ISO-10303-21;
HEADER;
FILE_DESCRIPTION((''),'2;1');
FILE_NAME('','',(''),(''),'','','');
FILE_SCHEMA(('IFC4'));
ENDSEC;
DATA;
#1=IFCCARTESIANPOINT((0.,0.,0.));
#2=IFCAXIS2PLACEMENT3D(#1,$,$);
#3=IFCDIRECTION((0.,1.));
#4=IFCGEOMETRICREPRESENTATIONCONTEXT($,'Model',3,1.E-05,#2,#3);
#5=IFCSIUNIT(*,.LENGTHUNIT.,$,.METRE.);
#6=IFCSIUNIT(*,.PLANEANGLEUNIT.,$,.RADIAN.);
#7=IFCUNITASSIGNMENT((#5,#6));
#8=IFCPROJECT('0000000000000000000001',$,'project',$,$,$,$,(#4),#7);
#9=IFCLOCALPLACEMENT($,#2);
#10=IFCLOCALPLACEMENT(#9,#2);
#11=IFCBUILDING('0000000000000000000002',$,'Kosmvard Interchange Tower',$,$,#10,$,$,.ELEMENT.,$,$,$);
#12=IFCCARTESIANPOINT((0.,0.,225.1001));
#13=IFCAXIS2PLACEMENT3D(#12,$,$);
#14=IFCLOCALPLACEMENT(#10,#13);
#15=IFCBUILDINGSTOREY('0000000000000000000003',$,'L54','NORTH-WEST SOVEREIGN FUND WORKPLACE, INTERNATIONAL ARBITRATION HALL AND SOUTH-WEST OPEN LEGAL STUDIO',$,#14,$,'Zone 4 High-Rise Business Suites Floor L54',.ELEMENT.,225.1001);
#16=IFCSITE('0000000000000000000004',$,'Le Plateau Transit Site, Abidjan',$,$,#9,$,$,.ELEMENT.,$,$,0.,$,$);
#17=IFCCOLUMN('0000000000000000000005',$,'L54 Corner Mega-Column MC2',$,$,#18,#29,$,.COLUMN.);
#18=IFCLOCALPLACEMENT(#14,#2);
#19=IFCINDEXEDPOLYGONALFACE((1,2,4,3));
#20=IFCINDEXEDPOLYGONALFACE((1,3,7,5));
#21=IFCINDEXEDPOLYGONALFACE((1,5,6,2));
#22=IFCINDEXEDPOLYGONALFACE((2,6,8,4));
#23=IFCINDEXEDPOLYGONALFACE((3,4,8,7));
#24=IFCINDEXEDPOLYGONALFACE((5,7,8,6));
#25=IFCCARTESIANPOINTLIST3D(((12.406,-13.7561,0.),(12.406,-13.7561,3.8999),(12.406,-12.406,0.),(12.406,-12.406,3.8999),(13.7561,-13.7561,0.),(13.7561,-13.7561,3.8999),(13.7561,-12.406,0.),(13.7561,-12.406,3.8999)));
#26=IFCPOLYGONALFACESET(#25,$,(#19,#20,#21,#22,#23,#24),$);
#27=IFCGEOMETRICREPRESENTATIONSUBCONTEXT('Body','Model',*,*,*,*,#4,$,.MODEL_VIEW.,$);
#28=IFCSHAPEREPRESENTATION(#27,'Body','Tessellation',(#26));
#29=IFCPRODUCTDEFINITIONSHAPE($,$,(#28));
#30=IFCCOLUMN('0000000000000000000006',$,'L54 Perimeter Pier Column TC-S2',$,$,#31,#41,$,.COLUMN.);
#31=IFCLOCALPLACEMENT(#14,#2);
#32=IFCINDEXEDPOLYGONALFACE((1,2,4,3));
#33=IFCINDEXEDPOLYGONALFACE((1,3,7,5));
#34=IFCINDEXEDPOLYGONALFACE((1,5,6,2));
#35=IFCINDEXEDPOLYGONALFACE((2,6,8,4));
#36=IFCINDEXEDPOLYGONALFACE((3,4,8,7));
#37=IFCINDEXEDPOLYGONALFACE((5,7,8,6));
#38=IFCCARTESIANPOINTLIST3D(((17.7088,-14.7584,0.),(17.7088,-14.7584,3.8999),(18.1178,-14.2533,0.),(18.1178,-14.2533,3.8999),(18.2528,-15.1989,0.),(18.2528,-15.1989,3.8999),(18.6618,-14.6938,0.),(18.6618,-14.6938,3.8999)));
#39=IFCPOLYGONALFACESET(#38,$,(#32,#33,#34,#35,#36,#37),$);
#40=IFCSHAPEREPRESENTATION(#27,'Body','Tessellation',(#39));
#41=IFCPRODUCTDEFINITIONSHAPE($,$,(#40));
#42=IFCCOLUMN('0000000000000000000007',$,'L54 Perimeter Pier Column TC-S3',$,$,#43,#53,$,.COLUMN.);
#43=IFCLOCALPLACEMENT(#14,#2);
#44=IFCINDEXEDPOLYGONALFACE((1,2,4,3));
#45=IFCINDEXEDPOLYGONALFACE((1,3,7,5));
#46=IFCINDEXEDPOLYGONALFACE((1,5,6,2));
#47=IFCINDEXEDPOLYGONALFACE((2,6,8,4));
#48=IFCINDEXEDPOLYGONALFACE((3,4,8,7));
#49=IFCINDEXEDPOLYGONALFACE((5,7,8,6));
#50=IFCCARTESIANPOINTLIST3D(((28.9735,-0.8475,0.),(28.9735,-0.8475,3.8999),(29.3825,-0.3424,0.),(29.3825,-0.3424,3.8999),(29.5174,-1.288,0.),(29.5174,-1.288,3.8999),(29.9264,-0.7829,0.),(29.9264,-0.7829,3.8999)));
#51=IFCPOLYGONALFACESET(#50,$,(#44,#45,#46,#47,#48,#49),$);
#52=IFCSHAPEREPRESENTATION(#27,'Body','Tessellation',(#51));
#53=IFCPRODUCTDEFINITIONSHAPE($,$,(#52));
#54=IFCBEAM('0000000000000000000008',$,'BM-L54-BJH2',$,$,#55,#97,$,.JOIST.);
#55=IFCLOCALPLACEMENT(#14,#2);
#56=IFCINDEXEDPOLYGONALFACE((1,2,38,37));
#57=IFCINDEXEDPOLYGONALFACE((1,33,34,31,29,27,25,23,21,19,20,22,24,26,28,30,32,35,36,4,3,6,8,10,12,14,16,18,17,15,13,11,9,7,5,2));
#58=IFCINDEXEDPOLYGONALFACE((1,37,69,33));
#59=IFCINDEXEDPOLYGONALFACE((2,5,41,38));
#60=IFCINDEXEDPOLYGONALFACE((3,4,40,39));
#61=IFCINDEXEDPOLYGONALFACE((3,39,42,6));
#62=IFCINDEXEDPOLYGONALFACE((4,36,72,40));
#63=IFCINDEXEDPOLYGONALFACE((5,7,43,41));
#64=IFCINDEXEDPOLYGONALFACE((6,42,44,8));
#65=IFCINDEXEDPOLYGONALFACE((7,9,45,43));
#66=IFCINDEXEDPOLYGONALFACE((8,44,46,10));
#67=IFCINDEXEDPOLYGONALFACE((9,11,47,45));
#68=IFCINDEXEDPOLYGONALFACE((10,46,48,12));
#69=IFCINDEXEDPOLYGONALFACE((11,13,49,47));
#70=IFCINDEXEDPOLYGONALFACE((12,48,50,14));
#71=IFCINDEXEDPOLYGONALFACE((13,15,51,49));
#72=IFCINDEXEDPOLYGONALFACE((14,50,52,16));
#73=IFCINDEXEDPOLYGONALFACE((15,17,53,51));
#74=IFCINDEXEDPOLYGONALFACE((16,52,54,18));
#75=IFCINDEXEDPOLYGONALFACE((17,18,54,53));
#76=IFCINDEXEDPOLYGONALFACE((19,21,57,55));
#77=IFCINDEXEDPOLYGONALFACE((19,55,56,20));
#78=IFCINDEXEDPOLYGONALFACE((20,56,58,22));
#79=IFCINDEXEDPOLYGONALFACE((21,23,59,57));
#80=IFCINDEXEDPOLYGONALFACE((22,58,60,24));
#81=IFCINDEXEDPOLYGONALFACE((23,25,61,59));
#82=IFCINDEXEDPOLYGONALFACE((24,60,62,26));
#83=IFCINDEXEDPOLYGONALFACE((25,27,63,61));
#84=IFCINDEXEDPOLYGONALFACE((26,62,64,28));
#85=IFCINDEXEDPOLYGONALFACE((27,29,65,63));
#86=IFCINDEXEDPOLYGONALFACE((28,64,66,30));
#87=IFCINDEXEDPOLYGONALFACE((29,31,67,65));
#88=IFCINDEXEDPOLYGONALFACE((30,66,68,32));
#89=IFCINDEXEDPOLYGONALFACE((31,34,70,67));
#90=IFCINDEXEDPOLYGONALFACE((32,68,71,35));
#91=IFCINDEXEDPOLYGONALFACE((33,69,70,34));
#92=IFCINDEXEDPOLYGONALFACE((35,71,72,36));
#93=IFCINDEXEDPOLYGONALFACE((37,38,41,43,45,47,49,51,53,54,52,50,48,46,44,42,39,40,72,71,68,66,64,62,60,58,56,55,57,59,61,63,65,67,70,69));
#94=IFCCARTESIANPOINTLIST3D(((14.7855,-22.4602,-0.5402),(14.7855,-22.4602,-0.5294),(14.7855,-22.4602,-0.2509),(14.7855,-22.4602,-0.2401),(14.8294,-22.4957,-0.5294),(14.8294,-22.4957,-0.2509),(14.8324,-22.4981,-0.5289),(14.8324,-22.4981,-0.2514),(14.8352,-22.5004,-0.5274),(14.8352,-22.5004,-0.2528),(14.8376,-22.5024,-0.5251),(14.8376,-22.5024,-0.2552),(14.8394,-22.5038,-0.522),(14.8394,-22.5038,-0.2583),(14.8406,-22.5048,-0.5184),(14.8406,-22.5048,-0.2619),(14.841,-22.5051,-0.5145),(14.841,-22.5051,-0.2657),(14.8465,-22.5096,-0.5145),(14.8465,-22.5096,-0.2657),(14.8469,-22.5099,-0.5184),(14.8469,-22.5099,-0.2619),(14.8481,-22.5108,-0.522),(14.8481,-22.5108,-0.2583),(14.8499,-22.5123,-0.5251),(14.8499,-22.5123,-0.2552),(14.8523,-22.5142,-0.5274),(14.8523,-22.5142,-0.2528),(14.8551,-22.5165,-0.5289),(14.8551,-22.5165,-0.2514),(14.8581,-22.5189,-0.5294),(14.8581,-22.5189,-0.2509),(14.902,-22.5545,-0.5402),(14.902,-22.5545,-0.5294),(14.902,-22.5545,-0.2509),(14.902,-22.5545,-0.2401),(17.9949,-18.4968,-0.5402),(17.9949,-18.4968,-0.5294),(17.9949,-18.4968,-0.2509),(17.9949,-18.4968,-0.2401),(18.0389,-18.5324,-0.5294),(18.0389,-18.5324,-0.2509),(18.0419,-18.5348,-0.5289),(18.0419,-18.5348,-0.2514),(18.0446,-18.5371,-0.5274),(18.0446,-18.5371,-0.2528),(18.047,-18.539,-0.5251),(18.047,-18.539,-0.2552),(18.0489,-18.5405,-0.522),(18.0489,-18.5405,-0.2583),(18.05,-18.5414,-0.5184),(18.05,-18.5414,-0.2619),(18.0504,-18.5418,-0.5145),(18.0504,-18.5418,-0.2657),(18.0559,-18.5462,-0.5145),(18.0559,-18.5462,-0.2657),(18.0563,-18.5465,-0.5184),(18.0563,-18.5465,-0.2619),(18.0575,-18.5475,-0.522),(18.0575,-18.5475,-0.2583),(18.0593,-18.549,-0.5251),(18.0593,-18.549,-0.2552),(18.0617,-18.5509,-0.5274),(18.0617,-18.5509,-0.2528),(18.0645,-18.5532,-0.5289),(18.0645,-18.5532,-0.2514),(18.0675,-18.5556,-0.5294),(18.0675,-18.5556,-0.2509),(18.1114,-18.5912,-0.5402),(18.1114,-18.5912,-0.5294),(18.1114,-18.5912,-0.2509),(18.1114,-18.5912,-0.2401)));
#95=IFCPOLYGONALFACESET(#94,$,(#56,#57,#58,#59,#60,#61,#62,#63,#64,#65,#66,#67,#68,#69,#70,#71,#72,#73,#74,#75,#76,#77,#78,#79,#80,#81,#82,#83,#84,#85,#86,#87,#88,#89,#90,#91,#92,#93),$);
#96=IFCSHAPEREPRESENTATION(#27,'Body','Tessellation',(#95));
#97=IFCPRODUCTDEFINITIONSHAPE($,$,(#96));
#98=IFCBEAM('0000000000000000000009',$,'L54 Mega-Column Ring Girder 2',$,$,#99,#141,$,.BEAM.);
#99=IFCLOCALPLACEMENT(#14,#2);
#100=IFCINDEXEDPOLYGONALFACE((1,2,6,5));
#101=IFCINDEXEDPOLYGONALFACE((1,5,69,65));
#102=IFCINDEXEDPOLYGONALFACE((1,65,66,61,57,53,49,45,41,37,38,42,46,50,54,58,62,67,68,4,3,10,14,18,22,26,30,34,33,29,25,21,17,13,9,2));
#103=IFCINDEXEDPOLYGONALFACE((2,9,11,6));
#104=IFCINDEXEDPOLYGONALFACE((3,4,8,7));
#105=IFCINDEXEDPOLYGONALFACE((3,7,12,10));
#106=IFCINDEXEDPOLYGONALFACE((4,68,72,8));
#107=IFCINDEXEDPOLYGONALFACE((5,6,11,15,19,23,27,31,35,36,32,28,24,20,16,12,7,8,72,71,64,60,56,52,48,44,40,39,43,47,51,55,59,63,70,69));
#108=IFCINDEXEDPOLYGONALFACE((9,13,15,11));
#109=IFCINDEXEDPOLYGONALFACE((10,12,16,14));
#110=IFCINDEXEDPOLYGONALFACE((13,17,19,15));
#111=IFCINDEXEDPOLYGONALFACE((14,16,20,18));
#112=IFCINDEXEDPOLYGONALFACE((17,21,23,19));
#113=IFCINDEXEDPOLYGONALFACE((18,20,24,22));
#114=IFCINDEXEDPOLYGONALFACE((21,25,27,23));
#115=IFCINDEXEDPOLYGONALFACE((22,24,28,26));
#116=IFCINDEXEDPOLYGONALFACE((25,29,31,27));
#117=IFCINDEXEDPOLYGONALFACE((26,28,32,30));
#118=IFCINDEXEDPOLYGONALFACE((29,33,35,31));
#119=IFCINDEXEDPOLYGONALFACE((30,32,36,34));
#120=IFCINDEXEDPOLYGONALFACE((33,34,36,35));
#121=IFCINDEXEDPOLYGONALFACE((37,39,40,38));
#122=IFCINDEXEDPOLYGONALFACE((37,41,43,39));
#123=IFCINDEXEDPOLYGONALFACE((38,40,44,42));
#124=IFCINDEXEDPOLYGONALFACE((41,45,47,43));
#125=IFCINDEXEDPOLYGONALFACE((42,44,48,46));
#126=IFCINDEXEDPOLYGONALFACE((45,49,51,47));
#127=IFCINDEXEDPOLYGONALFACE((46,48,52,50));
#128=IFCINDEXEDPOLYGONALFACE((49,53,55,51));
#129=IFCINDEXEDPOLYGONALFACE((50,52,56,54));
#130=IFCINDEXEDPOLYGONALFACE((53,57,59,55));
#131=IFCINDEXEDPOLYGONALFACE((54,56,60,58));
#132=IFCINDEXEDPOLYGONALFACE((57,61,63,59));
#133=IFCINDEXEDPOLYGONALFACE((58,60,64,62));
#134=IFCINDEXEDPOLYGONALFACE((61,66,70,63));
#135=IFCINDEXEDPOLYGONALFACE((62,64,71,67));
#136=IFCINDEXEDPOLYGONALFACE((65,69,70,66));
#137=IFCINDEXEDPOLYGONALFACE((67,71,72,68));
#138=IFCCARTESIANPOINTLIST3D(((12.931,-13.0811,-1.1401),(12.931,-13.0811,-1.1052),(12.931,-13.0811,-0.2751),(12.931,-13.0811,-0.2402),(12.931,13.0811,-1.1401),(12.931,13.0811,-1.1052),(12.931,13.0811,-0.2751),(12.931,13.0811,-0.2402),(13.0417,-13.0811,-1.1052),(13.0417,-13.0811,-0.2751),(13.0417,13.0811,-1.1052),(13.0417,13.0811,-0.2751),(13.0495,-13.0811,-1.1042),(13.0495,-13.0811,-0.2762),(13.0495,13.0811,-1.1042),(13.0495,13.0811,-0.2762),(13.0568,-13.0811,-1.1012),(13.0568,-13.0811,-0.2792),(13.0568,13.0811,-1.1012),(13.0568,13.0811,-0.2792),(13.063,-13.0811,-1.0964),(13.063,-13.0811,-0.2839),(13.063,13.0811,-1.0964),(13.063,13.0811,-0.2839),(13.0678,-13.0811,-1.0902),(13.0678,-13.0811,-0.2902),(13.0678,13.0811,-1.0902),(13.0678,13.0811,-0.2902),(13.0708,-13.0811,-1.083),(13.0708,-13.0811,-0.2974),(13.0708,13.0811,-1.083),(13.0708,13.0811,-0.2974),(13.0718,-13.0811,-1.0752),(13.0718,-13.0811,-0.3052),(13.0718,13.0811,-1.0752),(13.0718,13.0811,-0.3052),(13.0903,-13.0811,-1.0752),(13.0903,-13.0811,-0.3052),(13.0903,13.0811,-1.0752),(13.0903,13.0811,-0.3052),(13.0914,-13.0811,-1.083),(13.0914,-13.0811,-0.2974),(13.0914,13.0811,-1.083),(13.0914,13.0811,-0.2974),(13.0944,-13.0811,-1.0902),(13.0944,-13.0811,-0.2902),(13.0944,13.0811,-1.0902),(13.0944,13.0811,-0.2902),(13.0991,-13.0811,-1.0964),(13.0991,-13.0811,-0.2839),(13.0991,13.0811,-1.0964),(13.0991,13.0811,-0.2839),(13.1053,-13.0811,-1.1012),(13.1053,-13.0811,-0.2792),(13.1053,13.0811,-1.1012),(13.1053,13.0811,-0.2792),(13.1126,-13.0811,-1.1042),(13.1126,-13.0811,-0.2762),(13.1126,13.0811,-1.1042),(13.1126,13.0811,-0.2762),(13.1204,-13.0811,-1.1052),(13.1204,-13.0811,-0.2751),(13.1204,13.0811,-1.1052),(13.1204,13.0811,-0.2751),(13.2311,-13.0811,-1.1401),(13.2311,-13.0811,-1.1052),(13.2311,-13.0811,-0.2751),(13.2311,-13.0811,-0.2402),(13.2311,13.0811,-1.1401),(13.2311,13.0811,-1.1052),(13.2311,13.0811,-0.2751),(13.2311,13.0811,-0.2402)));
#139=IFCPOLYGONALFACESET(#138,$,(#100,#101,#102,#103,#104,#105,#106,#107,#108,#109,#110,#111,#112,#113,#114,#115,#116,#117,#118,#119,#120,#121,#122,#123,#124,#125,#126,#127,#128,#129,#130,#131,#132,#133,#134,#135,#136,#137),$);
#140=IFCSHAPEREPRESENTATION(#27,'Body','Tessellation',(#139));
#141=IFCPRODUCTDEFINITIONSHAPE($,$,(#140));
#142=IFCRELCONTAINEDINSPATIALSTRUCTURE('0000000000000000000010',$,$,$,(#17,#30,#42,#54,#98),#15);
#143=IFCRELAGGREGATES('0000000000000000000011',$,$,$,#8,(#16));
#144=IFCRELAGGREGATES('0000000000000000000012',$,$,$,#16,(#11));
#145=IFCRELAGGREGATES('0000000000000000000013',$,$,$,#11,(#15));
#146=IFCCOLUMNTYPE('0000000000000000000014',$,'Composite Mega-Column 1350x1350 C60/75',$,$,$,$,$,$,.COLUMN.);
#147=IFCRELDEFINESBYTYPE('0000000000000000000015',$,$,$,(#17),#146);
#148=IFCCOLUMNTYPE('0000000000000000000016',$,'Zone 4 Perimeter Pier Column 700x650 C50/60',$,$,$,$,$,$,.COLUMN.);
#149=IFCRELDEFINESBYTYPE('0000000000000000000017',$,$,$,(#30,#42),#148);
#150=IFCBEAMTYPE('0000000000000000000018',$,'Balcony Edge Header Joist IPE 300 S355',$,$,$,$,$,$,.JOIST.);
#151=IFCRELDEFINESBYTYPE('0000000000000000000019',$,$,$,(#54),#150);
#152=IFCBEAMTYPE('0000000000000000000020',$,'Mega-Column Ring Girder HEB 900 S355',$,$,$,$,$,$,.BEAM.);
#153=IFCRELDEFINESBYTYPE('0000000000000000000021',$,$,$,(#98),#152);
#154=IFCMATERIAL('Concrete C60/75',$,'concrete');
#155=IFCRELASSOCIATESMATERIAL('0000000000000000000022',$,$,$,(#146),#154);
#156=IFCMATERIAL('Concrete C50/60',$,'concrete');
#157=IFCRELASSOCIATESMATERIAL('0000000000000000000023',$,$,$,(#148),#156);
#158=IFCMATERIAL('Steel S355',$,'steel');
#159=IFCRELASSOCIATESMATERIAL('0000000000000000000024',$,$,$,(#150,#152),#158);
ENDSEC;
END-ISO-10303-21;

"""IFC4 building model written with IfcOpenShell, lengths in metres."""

from ifc_helpers import new_model, si_unit, direction, frame, origin, origin_2d, place, context, subcontext, project, spatial, rectangle, i_section, extrude, source, transform, mapped, material, material_profile, profile_set, type_object, element, save


model = new_model("IFC4")

# Units and contexts
model_context = context("Model", 3, precision=1e-05, world=origin(), true_north=direction((0.0, 1.0)))
body_context = subcontext(model_context, "Body", "Model", "MODEL_VIEW")
ifc_project = project(units=[si_unit("LENGTHUNIT", "METRE"), si_unit("PLANEANGLEUNIT", "RADIAN")], contexts=[model_context])

# Site, building, storey
site_placement = place(None, origin())
site = spatial("IfcSite", under=ifc_project, at=site_placement, Name="Le Plateau Transit Site, Abidjan", CompositionType="ELEMENT", RefElevation=0.0)
building_placement = place(site_placement, origin())
building = spatial("IfcBuilding", under=site, at=building_placement, Name="Kosmvard Interchange Tower", CompositionType="ELEMENT")
storey_placement = place(building_placement, frame((0.0, 0.0, 225.1001)))
storey = spatial("IfcBuildingStorey", under=building, at=storey_placement, Name="L54", Description="NORTH-WEST SOVEREIGN FUND WORKPLACE, INTERNATIONAL ARBITRATION HALL AND SOUTH-WEST OPEN LEGAL STUDIO", LongName="Zone 4 High-Rise Business Suites Floor L54", CompositionType="ELEMENT", Elevation=225.1001)

# Columns
ifc_material_1 = material(Name="Concrete C60/75", Category="concrete")
ifc_material_profile_1 = material_profile(ifc_material_1, rectangle(XDim=1.3501, YDim=1.3501, at=origin_2d()), Name="MC 1350x1350")
ifc_profile_set_1 = profile_set([ifc_material_profile_1], Name="Concrete C60/75")
column_type_1 = type_object("IfcColumnType", Name="Composite Mega-Column 1350x1350 C60/75", PredefinedType="COLUMN", material=ifc_profile_set_1)
shared_shape_1 = source(origin(), body_context, "Body", "SweptSolid", [
    extrude(rectangle(XDim=1.3501, YDim=1.3501, at=origin_2d()), origin(), (0.0, 0.0, 1.0), 3.8999),
])
column_placement = place(storey_placement, frame((13.0811, -13.0811, 0.0), z_axis=(0.0, 0.0, 1.0), x_axis=(1.0, 0.0, 0.0)))
element("IfcColumn", 1, at=column_placement, inside=storey, type_object=column_type_1, Name="L54 Corner Mega-Column MC2", PredefinedType="COLUMN", context=body_context, shape_type="MappedRepresentation", body=[
    mapped(shared_shape_1, transform((0.0, 0.0, 0.0), scale=1.0)),
])
ifc_material_2 = material(Name="Concrete C50/60", Category="concrete")
ifc_material_profile_2 = material_profile(ifc_material_2, rectangle(XDim=0.6499, YDim=0.7, at=origin_2d()), Name="TC 700x650")
ifc_profile_set_2 = profile_set([ifc_material_profile_2], Name="Concrete C50/60")
column_type_2 = type_object("IfcColumnType", Name="Zone 4 Perimeter Pier Column 700x650 C50/60", PredefinedType="COLUMN", material=ifc_profile_set_2)
shared_shape_2 = source(origin(), body_context, "Body", "SweptSolid", [
    extrude(rectangle(XDim=0.6499, YDim=0.7, at=origin_2d()), origin(), (0.0, 0.0, 1.0), 3.8999),
])
for number, where, z_axis, x_axis, name in (
    (2, (18.1853, -14.7261, 0.0), (0.0, 0.0, 1.0), (0.62932, 0.777146, 0.0), "L54 Perimeter Pier Column TC-S2"),
    (3, (29.45, -0.8152, 0.0), (0.0, 0.0, 1.0), (0.62932, 0.777146, 0.0), "L54 Perimeter Pier Column TC-S3"),
):
    element("IfcColumn", number, at=place(storey_placement, frame(where, z_axis=z_axis, x_axis=x_axis)), inside=storey, type_object=column_type_2, Name=name, PredefinedType="COLUMN", context=body_context, shape_type="MappedRepresentation", body=[
        mapped(shared_shape_2, transform((0.0, 0.0, 0.0), scale=1.0)),
    ])

# Beams
ifc_material_3 = material(Name="Steel S355", Category="steel")
ifc_material_profile_3 = material_profile(ifc_material_3, i_section(OverallWidth=0.1499, OverallDepth=0.3, WebThickness=0.0071, FlangeThickness=0.0107, FilletRadius=0.0149, at=origin_2d()), Name="IPE 300")
ifc_profile_set_3 = profile_set([ifc_material_profile_3], Name="Steel S355")
beam_type_1 = type_object("IfcBeamType", Name="Balcony Edge Header Joist IPE 300 S355", PredefinedType="JOIST", material=ifc_profile_set_3)
shared_shape_3 = source(origin(), body_context, "Body", "SweptSolid", [
    extrude(i_section(OverallWidth=0.1499, OverallDepth=0.3, WebThickness=0.0071, FlangeThickness=0.0107, FilletRadius=0.0149, at=origin_2d()), origin(), (0.0, 0.0, 1.0), 5.0999),
])
beam_1_placement = place(storey_placement, frame((14.8438, -22.5073, -0.3901), z_axis=(0.629319, 0.777147, 0.0), x_axis=(-0.777147, 0.629319, 0.0)))
element("IfcBeam", 4, at=beam_1_placement, inside=storey, type_object=beam_type_1, Name="BM-L54-BJH2", PredefinedType="JOIST", context=body_context, shape_type="MappedRepresentation", body=[
    mapped(shared_shape_3, transform((0.0, 0.0, 0.0), scale=1.0)),
])
ifc_material_profile_4 = material_profile(ifc_material_3, i_section(OverallWidth=0.3, OverallDepth=0.8999, WebThickness=0.0186, FlangeThickness=0.0349, FilletRadius=0.03, at=origin_2d()), Name="HEB 900")
ifc_profile_set_4 = profile_set([ifc_material_profile_4], Name="Steel S355")
beam_type_2 = type_object("IfcBeamType", Name="Mega-Column Ring Girder HEB 900 S355", PredefinedType="BEAM", material=ifc_profile_set_4)
shared_shape_4 = source(origin(), body_context, "Body", "SweptSolid", [
    extrude(i_section(OverallWidth=0.3, OverallDepth=0.8999, WebThickness=0.0186, FlangeThickness=0.0349, FilletRadius=0.03, at=origin_2d()), origin(), (0.0, 0.0, 1.0), 26.1621),
])
beam_2_placement = place(storey_placement, frame((13.0811, -13.0811, -0.6902), z_axis=(0.0, 1.0, 0.0), x_axis=(-1.0, 0.0, 0.0)))
element("IfcBeam", 5, at=beam_2_placement, inside=storey, type_object=beam_type_2, Name="L54 Mega-Column Ring Girder 2", PredefinedType="BEAM", context=body_context, shape_type="MappedRepresentation", body=[
    mapped(shared_shape_4, transform((0.0, 0.0, 0.0), scale=1.0)),
])

save(model, "model.ifc")
